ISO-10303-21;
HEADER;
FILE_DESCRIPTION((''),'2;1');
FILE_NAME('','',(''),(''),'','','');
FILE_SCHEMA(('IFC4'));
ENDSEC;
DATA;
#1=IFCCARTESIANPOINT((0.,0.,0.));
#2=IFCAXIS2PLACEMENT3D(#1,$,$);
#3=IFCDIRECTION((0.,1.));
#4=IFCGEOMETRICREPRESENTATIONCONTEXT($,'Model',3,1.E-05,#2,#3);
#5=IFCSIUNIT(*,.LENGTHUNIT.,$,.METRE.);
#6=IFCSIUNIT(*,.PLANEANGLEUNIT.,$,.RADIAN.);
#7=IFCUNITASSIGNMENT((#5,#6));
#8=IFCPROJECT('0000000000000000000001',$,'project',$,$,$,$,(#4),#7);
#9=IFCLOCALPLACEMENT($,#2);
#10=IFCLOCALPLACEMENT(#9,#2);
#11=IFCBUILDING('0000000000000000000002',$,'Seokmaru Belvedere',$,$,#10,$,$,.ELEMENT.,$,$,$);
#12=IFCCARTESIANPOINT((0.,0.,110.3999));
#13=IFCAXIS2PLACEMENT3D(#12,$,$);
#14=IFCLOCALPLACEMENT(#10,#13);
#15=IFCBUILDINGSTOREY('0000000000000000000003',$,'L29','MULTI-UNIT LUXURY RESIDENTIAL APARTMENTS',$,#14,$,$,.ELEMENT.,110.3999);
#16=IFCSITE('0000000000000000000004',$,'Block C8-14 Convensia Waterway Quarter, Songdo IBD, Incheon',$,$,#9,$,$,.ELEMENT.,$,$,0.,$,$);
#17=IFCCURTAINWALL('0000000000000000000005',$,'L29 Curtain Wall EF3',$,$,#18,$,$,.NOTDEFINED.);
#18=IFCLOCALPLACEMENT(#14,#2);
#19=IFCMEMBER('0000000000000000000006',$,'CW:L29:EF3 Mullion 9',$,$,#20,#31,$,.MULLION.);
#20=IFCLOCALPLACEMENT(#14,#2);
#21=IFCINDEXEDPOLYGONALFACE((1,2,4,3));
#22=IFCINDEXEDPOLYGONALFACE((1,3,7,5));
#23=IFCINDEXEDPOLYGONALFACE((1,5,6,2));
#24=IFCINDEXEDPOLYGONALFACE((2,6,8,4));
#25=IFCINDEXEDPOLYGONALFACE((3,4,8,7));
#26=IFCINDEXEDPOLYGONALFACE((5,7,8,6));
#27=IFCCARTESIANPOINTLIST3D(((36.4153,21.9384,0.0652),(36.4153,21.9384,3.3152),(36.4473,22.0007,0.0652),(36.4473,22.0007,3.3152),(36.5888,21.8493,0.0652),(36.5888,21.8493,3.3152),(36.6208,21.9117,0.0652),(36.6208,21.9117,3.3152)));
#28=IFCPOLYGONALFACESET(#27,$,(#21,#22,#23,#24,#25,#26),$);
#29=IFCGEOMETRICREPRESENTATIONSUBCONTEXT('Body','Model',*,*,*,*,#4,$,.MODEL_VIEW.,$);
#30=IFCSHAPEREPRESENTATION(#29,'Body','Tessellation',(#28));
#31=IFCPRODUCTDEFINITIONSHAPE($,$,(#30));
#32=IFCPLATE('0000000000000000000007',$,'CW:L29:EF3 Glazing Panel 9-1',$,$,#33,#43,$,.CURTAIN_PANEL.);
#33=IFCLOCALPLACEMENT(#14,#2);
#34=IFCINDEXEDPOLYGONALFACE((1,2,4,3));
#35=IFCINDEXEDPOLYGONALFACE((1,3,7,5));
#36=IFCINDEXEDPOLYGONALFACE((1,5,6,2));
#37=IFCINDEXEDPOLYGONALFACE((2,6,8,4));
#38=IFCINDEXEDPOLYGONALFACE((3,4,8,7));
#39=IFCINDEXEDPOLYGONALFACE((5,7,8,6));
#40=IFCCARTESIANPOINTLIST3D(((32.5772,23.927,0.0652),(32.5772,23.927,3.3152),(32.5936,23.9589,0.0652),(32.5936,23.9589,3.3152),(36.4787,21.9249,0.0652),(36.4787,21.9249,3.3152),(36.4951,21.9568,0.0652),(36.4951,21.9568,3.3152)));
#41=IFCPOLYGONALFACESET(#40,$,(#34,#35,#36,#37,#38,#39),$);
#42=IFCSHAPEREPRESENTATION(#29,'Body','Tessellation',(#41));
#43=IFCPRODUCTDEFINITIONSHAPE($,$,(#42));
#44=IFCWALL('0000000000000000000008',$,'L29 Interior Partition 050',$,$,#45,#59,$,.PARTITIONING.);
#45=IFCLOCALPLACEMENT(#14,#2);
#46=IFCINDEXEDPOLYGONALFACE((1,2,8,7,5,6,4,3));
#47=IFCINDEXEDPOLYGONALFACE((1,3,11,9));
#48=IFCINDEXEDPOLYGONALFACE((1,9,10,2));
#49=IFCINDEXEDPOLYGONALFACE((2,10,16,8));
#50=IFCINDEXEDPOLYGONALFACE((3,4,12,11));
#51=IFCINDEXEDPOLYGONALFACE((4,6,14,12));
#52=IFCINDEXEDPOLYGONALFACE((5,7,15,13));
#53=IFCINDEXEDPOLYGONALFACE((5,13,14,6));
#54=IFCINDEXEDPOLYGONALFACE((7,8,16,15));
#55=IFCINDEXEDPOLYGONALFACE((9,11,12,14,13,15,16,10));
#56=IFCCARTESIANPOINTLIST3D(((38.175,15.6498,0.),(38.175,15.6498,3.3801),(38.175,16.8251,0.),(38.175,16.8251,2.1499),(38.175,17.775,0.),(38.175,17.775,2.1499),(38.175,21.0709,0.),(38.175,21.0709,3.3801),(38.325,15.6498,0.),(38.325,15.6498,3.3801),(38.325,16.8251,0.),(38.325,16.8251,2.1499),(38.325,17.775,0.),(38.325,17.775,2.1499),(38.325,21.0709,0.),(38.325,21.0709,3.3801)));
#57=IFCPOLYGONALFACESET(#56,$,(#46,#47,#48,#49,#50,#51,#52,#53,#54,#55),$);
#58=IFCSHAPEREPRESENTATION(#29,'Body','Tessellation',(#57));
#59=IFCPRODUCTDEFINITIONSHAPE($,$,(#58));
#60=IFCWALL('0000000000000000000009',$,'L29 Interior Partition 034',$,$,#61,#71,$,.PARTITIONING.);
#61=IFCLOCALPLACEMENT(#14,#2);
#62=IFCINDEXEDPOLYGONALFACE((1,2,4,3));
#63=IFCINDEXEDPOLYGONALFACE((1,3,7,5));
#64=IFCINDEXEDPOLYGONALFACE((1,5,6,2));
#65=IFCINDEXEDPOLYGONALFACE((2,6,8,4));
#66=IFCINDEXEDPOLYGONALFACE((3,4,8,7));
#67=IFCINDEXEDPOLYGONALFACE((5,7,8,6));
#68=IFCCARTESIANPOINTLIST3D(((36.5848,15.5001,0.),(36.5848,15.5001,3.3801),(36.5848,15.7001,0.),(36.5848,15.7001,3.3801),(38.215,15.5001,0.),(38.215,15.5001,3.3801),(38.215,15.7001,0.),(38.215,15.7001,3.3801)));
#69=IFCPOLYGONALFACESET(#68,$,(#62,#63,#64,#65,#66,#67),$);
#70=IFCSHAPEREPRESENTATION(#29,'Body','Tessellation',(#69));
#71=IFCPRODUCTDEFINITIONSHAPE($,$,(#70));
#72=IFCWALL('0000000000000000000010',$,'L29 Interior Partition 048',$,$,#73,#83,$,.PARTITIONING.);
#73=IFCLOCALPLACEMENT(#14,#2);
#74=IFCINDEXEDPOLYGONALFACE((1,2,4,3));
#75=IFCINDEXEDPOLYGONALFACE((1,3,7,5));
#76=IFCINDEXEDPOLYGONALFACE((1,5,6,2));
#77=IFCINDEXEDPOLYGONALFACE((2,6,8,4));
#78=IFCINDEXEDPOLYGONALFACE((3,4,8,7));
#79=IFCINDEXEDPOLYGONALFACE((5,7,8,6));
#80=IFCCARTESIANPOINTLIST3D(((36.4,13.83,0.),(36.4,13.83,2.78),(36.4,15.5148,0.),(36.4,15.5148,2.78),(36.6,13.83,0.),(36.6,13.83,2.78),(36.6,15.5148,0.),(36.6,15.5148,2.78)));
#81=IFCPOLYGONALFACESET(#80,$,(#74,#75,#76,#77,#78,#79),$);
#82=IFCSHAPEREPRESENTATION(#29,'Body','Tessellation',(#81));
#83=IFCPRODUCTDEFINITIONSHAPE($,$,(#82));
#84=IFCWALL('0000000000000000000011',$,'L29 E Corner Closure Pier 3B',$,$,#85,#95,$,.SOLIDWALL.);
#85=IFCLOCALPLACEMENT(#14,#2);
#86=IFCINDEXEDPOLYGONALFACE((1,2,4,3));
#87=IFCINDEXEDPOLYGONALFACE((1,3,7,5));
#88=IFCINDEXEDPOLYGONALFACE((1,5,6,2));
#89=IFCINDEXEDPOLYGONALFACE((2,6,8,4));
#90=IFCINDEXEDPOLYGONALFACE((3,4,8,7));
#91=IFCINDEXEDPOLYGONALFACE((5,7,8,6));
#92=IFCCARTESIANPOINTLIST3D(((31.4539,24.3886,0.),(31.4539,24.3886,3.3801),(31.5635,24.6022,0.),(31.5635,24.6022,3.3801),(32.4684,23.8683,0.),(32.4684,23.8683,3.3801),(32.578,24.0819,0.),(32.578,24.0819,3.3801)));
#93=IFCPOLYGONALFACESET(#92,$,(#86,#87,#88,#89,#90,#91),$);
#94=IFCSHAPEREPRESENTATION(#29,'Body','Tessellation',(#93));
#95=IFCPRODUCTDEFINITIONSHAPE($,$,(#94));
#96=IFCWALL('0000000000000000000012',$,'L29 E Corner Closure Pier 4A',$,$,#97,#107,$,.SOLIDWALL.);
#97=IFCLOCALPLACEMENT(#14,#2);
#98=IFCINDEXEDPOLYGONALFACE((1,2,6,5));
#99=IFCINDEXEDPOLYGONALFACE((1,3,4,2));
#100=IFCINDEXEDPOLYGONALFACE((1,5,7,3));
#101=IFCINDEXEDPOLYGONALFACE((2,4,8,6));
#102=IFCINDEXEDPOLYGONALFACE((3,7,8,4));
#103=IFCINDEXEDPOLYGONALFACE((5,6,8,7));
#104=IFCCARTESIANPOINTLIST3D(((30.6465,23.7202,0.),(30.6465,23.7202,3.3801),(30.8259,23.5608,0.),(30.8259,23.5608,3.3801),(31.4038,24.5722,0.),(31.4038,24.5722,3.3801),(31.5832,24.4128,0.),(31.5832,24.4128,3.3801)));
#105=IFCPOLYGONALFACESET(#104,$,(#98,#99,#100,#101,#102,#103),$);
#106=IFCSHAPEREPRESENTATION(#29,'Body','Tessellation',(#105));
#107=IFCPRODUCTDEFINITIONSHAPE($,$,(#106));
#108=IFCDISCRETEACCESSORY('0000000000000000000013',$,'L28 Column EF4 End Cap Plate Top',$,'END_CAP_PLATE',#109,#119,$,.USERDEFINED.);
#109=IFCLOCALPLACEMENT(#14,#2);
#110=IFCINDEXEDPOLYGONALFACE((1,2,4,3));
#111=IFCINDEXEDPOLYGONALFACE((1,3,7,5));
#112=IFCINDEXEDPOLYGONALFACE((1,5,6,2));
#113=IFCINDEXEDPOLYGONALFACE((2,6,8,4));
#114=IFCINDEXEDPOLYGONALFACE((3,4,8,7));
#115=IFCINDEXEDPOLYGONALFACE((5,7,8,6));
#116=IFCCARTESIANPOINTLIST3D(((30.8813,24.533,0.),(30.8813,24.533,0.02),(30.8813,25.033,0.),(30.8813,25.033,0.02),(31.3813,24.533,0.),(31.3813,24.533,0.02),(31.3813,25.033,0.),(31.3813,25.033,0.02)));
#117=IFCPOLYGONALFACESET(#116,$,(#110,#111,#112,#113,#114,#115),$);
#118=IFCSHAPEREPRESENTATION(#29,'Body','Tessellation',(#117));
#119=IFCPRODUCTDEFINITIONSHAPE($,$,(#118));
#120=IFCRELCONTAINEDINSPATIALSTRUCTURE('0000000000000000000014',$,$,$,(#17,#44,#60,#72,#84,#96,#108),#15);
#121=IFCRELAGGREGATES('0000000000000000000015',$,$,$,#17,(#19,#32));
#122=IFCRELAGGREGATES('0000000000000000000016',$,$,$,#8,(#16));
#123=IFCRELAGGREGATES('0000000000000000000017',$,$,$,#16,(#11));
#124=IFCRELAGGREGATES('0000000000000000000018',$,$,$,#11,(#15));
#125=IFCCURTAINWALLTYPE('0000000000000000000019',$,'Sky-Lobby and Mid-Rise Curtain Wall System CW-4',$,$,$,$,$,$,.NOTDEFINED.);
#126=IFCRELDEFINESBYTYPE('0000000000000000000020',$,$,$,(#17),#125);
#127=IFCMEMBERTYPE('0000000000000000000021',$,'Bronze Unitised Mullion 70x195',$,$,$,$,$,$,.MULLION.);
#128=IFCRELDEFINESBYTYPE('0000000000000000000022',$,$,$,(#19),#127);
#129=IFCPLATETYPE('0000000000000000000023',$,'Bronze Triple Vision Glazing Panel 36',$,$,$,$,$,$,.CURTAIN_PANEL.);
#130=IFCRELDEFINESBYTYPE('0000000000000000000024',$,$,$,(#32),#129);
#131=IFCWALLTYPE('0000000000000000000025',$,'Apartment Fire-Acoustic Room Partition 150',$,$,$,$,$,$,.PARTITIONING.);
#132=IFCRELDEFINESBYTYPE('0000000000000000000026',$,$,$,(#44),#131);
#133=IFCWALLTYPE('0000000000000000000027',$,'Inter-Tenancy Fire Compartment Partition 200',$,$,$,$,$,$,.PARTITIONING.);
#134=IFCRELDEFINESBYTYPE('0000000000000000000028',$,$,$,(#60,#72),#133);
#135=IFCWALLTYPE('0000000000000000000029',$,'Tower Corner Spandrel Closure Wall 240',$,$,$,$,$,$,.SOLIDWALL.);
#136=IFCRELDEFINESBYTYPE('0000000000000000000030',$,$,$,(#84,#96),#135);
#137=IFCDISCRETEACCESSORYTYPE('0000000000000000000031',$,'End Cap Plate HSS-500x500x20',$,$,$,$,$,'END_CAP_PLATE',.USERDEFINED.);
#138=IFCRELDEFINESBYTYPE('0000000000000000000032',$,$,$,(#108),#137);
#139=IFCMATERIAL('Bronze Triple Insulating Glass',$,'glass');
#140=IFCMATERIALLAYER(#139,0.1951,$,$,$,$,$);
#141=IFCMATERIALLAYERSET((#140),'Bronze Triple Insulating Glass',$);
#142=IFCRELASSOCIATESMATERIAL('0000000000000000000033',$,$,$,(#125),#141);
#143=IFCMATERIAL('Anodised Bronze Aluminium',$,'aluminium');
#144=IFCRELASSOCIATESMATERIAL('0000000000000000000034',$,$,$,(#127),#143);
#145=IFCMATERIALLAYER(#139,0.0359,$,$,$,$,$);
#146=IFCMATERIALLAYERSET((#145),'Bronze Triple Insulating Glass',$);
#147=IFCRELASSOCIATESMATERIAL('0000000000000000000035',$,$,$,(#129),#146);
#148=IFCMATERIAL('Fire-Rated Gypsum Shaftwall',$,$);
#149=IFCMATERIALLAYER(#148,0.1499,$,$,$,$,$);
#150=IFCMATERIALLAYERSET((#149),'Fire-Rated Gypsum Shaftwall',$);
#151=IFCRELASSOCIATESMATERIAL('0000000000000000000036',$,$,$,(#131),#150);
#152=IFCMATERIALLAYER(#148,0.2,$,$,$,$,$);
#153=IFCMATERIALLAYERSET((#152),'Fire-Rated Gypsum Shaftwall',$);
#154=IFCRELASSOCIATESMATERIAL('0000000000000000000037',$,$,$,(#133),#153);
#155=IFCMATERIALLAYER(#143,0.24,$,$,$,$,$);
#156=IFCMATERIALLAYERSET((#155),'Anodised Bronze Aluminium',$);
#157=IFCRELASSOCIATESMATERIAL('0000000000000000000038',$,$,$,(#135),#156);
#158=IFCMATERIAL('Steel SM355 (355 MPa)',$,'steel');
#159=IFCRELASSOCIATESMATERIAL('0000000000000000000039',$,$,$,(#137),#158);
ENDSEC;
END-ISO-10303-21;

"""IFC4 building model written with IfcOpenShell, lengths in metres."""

from ifc_helpers import new_model, si_unit, direction, frame, frame_2d, origin, origin_2d, place, context, subcontext, project, spatial, rectangle, extrude, source, transform, mapped, material, layer, layer_set, material_profile, profile_set, type_object, type_shapes, element, aggregate, save


model = new_model("IFC4")

# Units and contexts
model_context = context("Model", 3, precision=1e-05, world=origin(), true_north=direction((0.0, 1.0)))
body_context = subcontext(model_context, "Body", "Model", "MODEL_VIEW")
ifc_project = project(units=[si_unit("LENGTHUNIT", "METRE"), si_unit("PLANEANGLEUNIT", "RADIAN")], contexts=[model_context])

# Site, building, storey
site_placement = place(None, origin())
site = spatial("IfcSite", under=ifc_project, at=site_placement, Name="Block C8-14 Convensia Waterway Quarter, Songdo IBD, Incheon", CompositionType="ELEMENT", RefElevation=0.0)
building_placement = place(site_placement, origin())
building = spatial("IfcBuilding", under=site, at=building_placement, Name="Seokmaru Belvedere", CompositionType="ELEMENT")
storey_placement = place(building_placement, frame((0.0, 0.0, 110.3999)))
storey = spatial("IfcBuildingStorey", under=building, at=storey_placement, Name="L29", Description="MULTI-UNIT LUXURY RESIDENTIAL APARTMENTS", CompositionType="ELEMENT", Elevation=110.3999)

# Shared definitions
ifc_material_1 = material(Name="Steel SM355 (355 MPa)", Category="steel")

# Curtain wall
ifc_material_2 = material(Name="Bronze Triple Insulating Glass", Category="glass")
ifc_layer_1 = layer(ifc_material_2, 0.1951)
ifc_layer_set_1 = layer_set([ifc_layer_1], Name="Bronze Triple Insulating Glass")
curtain_wall_type = type_object("IfcCurtainWallType", Name="Sky-Lobby and Mid-Rise Curtain Wall System CW-4", PredefinedType="NOTDEFINED", material=ifc_layer_set_1)
curtain_wall_1_placement = place(storey_placement, origin())
curtain_wall_1 = element("IfcCurtainWall", 1, at=curtain_wall_1_placement, inside=storey, type_object=curtain_wall_type, Name="L29 Curtain Wall EF3", PredefinedType="NOTDEFINED")
ifc_material_3 = material(Name="Anodised Bronze Aluminium", Category="aluminium")
ifc_material_profile_1 = material_profile(ifc_material_3, rectangle(XDim=0.0701, YDim=0.1951, at=origin_2d()), Name="CW-M-70x195")
ifc_profile_set_1 = profile_set([ifc_material_profile_1], Name="Anodised Bronze Aluminium")
member_type_1 = type_object("IfcMemberType", Name="Bronze Unitised Mullion 70x195", PredefinedType="MULLION", material=ifc_profile_set_1)

# Member
shared_shape_1 = source(origin(), body_context, "Body", "SweptSolid", [
    extrude(rectangle(XDim=0.0701, YDim=0.1951, at=origin_2d()), origin(), (0.0, 0.0, 1.0), 3.25),
])
member_1_placement = place(storey_placement, frame((36.5181, 21.925, 0.0652), z_axis=(0.0, 0.0, 1.0), x_axis=(-0.456555, -0.889695, 0.0)))
member_1 = element("IfcMember", 2, at=member_1_placement, type_object=member_type_1, Name="CW:L29:EF3 Mullion 9", PredefinedType="MULLION", context=body_context, shape_type="MappedRepresentation", body=[
    mapped(shared_shape_1, transform((0.0, 0.0, 0.0), scale=1.0)),
])

# Plate
ifc_layer_2 = layer(ifc_material_2, 0.0359)
ifc_layer_set_2 = layer_set([ifc_layer_2], Name="Bronze Triple Insulating Glass")
plate_type = type_object("IfcPlateType", Name="Bronze Triple Vision Glazing Panel 36", PredefinedType="CURTAIN_PANEL", material=ifc_layer_set_2)
shared_shape_2 = source(origin(), body_context, "Body", "SweptSolid", [
    extrude(rectangle(XDim=4.3853, YDim=0.0359, at=origin_2d()), origin(), (0.0, 0.0, 1.0), 3.25),
])
type_shapes(plate_type, [shared_shape_2])
plate_placement = place(storey_placement, frame((34.5361, 22.9419, 0.0652), z_axis=(0.0, 0.0, 1.0), x_axis=(-0.889695, 0.456555, 0.0)))
plate = element("IfcPlate", 3, at=plate_placement, type_object=plate_type, Name="CW:L29:EF3 Glazing Panel 9-1", PredefinedType="CURTAIN_PANEL", context=body_context, shape_type="MappedRepresentation", body=[
    mapped(shared_shape_2, transform((0.0, 0.0, 0.0), scale=1.0)),
])
aggregate(curtain_wall_1, [member_1, plate])

# Wall, opening
ifc_material_4 = material(Name="Fire-Rated Gypsum Shaftwall")
ifc_layer_3 = layer(ifc_material_4, 0.1499)
ifc_layer_set_3 = layer_set([ifc_layer_3], Name="Fire-Rated Gypsum Shaftwall")
wall_type_1 = type_object("IfcWallType", Name="Apartment Fire-Acoustic Room Partition 150", PredefinedType="PARTITIONING", material=ifc_layer_set_3)
wall_1_placement = place(storey_placement, frame((38.25, 15.6499, 0.0), z_axis=(0.0, 0.0, 1.0), x_axis=(0.0, 1.0, 0.0)))
wall_1 = element("IfcWall", 4, at=wall_1_placement, inside=storey, type_object=wall_type_1, Name="L29 Interior Partition 050", PredefinedType="PARTITIONING", context=body_context, shape_type="SweptSolid", body=[
    extrude(rectangle(XDim=5.4211, YDim=0.1499, at=frame_2d((2.7104, 0.0))), origin(), (0.0, 0.0, 1.0), 3.3801),
])
opening_placement = place(wall_1_placement, frame((1.175, 0.0, 0.0)))
element("IfcOpeningElement", 5, at=opening_placement, cuts=wall_1, PredefinedType="OPENING", context=body_context, shape_type="SweptSolid", body=[
    extrude(rectangle(XDim=0.95, YDim=2.1499, at=frame_2d((0.4751, 1.075))), frame((0.0, 0.085, 0.0), z_axis=(0.0, -1.0, 0.0), x_axis=(1.0, 0.0, 0.0)), (0.0, 0.0, 1.0), 0.1699),
])

# Walls
ifc_layer_4 = layer(ifc_material_4, 0.2)
ifc_layer_set_4 = layer_set([ifc_layer_4], Name="Fire-Rated Gypsum Shaftwall")
wall_type_2 = type_object("IfcWallType", Name="Inter-Tenancy Fire Compartment Partition 200", PredefinedType="PARTITIONING", material=ifc_layer_set_4)
wall_2_placement = place(storey_placement, frame((36.585, 15.6001, 0.0), z_axis=(0.0, 0.0, 1.0), x_axis=(1.0, 0.0, 0.0)))
element("IfcWall", 6, at=wall_2_placement, inside=storey, type_object=wall_type_2, Name="L29 Interior Partition 034", PredefinedType="PARTITIONING", context=body_context, shape_type="SweptSolid", body=[
    extrude(rectangle(XDim=1.6301, YDim=0.2, at=frame_2d((0.8149, 0.0))), origin(), (0.0, 0.0, 1.0), 3.3801),
])
wall_3_placement = place(storey_placement, frame((36.5, 13.8301, 0.0), z_axis=(0.0, 0.0, 1.0), x_axis=(0.0, 1.0, 0.0)))
element("IfcWall", 7, at=wall_3_placement, inside=storey, type_object=wall_type_2, Name="L29 Interior Partition 048", PredefinedType="PARTITIONING", context=body_context, shape_type="SweptSolid", body=[
    extrude(rectangle(XDim=1.6848, YDim=0.2, at=frame_2d((0.8423, 0.0))), origin(), (0.0, 0.0, 1.0), 2.78),
])
ifc_layer_5 = layer(ifc_material_3, 0.24)
ifc_layer_set_5 = layer_set([ifc_layer_5], Name="Anodised Bronze Aluminium")
wall_type_3 = type_object("IfcWallType", Name="Tower Corner Spandrel Closure Wall 240", PredefinedType="SOLIDWALL", material=ifc_layer_set_5)
wall_4_placement = place(storey_placement, frame((32.5232, 23.9751, 0.0), z_axis=(0.0, 0.0, 1.0), x_axis=(-0.889797, 0.456356, 0.0)))
element("IfcWall", 8, at=wall_4_placement, inside=storey, type_object=wall_type_3, Name="L29 E Corner Closure Pier 3B", PredefinedType="SOLIDWALL", context=body_context, shape_type="SweptSolid", body=[
    extrude(rectangle(XDim=1.1401, YDim=0.24, at=frame_2d((0.5701, 0.0))), origin(), (0.0, 0.0, 1.0), 3.3801),
])
wall_5_placement = place(storey_placement, frame((31.4934, 24.4924, 0.0), z_axis=(0.0, 0.0, 1.0), x_axis=(-0.664337, -0.747433, 0.0)))
element("IfcWall", 9, at=wall_5_placement, inside=storey, type_object=wall_type_3, Name="L29 E Corner Closure Pier 4A", PredefinedType="SOLIDWALL", context=body_context, shape_type="SweptSolid", body=[
    extrude(rectangle(XDim=1.1399, YDim=0.24, at=frame_2d((0.5698, 0.0))), origin(), (0.0, 0.0, 1.0), 3.3801),
])

# Discrete accessory
discrete_accessory_type = type_object("IfcDiscreteAccessoryType", Name="End Cap Plate HSS-500x500x20", ElementType="END_CAP_PLATE", PredefinedType="USERDEFINED", material=ifc_material_1)
shared_shape_3 = source(origin(), body_context, "Body", "SweptSolid", [
    extrude(rectangle(XDim=0.5, YDim=0.5, at=origin_2d()), origin(), (0.0, 0.0, 1.0), 0.02),
])
type_shapes(discrete_accessory_type, [shared_shape_3])
discrete_accessory_placement = place(storey_placement, frame((31.1313, 24.783, 0.0), z_axis=(0.0, 0.0, 1.0), x_axis=(1.0, 0.0, 0.0)))
element("IfcDiscreteAccessory", 10, at=discrete_accessory_placement, inside=storey, type_object=discrete_accessory_type, Name="L28 Column EF4 End Cap Plate Top", ObjectType="END_CAP_PLATE", PredefinedType="USERDEFINED", context=body_context, shape_type="MappedRepresentation", body=[
    mapped(shared_shape_3, transform((0.0, 0.0, 0.0), scale=1.0)),
])

save(model, "model.ifc")
